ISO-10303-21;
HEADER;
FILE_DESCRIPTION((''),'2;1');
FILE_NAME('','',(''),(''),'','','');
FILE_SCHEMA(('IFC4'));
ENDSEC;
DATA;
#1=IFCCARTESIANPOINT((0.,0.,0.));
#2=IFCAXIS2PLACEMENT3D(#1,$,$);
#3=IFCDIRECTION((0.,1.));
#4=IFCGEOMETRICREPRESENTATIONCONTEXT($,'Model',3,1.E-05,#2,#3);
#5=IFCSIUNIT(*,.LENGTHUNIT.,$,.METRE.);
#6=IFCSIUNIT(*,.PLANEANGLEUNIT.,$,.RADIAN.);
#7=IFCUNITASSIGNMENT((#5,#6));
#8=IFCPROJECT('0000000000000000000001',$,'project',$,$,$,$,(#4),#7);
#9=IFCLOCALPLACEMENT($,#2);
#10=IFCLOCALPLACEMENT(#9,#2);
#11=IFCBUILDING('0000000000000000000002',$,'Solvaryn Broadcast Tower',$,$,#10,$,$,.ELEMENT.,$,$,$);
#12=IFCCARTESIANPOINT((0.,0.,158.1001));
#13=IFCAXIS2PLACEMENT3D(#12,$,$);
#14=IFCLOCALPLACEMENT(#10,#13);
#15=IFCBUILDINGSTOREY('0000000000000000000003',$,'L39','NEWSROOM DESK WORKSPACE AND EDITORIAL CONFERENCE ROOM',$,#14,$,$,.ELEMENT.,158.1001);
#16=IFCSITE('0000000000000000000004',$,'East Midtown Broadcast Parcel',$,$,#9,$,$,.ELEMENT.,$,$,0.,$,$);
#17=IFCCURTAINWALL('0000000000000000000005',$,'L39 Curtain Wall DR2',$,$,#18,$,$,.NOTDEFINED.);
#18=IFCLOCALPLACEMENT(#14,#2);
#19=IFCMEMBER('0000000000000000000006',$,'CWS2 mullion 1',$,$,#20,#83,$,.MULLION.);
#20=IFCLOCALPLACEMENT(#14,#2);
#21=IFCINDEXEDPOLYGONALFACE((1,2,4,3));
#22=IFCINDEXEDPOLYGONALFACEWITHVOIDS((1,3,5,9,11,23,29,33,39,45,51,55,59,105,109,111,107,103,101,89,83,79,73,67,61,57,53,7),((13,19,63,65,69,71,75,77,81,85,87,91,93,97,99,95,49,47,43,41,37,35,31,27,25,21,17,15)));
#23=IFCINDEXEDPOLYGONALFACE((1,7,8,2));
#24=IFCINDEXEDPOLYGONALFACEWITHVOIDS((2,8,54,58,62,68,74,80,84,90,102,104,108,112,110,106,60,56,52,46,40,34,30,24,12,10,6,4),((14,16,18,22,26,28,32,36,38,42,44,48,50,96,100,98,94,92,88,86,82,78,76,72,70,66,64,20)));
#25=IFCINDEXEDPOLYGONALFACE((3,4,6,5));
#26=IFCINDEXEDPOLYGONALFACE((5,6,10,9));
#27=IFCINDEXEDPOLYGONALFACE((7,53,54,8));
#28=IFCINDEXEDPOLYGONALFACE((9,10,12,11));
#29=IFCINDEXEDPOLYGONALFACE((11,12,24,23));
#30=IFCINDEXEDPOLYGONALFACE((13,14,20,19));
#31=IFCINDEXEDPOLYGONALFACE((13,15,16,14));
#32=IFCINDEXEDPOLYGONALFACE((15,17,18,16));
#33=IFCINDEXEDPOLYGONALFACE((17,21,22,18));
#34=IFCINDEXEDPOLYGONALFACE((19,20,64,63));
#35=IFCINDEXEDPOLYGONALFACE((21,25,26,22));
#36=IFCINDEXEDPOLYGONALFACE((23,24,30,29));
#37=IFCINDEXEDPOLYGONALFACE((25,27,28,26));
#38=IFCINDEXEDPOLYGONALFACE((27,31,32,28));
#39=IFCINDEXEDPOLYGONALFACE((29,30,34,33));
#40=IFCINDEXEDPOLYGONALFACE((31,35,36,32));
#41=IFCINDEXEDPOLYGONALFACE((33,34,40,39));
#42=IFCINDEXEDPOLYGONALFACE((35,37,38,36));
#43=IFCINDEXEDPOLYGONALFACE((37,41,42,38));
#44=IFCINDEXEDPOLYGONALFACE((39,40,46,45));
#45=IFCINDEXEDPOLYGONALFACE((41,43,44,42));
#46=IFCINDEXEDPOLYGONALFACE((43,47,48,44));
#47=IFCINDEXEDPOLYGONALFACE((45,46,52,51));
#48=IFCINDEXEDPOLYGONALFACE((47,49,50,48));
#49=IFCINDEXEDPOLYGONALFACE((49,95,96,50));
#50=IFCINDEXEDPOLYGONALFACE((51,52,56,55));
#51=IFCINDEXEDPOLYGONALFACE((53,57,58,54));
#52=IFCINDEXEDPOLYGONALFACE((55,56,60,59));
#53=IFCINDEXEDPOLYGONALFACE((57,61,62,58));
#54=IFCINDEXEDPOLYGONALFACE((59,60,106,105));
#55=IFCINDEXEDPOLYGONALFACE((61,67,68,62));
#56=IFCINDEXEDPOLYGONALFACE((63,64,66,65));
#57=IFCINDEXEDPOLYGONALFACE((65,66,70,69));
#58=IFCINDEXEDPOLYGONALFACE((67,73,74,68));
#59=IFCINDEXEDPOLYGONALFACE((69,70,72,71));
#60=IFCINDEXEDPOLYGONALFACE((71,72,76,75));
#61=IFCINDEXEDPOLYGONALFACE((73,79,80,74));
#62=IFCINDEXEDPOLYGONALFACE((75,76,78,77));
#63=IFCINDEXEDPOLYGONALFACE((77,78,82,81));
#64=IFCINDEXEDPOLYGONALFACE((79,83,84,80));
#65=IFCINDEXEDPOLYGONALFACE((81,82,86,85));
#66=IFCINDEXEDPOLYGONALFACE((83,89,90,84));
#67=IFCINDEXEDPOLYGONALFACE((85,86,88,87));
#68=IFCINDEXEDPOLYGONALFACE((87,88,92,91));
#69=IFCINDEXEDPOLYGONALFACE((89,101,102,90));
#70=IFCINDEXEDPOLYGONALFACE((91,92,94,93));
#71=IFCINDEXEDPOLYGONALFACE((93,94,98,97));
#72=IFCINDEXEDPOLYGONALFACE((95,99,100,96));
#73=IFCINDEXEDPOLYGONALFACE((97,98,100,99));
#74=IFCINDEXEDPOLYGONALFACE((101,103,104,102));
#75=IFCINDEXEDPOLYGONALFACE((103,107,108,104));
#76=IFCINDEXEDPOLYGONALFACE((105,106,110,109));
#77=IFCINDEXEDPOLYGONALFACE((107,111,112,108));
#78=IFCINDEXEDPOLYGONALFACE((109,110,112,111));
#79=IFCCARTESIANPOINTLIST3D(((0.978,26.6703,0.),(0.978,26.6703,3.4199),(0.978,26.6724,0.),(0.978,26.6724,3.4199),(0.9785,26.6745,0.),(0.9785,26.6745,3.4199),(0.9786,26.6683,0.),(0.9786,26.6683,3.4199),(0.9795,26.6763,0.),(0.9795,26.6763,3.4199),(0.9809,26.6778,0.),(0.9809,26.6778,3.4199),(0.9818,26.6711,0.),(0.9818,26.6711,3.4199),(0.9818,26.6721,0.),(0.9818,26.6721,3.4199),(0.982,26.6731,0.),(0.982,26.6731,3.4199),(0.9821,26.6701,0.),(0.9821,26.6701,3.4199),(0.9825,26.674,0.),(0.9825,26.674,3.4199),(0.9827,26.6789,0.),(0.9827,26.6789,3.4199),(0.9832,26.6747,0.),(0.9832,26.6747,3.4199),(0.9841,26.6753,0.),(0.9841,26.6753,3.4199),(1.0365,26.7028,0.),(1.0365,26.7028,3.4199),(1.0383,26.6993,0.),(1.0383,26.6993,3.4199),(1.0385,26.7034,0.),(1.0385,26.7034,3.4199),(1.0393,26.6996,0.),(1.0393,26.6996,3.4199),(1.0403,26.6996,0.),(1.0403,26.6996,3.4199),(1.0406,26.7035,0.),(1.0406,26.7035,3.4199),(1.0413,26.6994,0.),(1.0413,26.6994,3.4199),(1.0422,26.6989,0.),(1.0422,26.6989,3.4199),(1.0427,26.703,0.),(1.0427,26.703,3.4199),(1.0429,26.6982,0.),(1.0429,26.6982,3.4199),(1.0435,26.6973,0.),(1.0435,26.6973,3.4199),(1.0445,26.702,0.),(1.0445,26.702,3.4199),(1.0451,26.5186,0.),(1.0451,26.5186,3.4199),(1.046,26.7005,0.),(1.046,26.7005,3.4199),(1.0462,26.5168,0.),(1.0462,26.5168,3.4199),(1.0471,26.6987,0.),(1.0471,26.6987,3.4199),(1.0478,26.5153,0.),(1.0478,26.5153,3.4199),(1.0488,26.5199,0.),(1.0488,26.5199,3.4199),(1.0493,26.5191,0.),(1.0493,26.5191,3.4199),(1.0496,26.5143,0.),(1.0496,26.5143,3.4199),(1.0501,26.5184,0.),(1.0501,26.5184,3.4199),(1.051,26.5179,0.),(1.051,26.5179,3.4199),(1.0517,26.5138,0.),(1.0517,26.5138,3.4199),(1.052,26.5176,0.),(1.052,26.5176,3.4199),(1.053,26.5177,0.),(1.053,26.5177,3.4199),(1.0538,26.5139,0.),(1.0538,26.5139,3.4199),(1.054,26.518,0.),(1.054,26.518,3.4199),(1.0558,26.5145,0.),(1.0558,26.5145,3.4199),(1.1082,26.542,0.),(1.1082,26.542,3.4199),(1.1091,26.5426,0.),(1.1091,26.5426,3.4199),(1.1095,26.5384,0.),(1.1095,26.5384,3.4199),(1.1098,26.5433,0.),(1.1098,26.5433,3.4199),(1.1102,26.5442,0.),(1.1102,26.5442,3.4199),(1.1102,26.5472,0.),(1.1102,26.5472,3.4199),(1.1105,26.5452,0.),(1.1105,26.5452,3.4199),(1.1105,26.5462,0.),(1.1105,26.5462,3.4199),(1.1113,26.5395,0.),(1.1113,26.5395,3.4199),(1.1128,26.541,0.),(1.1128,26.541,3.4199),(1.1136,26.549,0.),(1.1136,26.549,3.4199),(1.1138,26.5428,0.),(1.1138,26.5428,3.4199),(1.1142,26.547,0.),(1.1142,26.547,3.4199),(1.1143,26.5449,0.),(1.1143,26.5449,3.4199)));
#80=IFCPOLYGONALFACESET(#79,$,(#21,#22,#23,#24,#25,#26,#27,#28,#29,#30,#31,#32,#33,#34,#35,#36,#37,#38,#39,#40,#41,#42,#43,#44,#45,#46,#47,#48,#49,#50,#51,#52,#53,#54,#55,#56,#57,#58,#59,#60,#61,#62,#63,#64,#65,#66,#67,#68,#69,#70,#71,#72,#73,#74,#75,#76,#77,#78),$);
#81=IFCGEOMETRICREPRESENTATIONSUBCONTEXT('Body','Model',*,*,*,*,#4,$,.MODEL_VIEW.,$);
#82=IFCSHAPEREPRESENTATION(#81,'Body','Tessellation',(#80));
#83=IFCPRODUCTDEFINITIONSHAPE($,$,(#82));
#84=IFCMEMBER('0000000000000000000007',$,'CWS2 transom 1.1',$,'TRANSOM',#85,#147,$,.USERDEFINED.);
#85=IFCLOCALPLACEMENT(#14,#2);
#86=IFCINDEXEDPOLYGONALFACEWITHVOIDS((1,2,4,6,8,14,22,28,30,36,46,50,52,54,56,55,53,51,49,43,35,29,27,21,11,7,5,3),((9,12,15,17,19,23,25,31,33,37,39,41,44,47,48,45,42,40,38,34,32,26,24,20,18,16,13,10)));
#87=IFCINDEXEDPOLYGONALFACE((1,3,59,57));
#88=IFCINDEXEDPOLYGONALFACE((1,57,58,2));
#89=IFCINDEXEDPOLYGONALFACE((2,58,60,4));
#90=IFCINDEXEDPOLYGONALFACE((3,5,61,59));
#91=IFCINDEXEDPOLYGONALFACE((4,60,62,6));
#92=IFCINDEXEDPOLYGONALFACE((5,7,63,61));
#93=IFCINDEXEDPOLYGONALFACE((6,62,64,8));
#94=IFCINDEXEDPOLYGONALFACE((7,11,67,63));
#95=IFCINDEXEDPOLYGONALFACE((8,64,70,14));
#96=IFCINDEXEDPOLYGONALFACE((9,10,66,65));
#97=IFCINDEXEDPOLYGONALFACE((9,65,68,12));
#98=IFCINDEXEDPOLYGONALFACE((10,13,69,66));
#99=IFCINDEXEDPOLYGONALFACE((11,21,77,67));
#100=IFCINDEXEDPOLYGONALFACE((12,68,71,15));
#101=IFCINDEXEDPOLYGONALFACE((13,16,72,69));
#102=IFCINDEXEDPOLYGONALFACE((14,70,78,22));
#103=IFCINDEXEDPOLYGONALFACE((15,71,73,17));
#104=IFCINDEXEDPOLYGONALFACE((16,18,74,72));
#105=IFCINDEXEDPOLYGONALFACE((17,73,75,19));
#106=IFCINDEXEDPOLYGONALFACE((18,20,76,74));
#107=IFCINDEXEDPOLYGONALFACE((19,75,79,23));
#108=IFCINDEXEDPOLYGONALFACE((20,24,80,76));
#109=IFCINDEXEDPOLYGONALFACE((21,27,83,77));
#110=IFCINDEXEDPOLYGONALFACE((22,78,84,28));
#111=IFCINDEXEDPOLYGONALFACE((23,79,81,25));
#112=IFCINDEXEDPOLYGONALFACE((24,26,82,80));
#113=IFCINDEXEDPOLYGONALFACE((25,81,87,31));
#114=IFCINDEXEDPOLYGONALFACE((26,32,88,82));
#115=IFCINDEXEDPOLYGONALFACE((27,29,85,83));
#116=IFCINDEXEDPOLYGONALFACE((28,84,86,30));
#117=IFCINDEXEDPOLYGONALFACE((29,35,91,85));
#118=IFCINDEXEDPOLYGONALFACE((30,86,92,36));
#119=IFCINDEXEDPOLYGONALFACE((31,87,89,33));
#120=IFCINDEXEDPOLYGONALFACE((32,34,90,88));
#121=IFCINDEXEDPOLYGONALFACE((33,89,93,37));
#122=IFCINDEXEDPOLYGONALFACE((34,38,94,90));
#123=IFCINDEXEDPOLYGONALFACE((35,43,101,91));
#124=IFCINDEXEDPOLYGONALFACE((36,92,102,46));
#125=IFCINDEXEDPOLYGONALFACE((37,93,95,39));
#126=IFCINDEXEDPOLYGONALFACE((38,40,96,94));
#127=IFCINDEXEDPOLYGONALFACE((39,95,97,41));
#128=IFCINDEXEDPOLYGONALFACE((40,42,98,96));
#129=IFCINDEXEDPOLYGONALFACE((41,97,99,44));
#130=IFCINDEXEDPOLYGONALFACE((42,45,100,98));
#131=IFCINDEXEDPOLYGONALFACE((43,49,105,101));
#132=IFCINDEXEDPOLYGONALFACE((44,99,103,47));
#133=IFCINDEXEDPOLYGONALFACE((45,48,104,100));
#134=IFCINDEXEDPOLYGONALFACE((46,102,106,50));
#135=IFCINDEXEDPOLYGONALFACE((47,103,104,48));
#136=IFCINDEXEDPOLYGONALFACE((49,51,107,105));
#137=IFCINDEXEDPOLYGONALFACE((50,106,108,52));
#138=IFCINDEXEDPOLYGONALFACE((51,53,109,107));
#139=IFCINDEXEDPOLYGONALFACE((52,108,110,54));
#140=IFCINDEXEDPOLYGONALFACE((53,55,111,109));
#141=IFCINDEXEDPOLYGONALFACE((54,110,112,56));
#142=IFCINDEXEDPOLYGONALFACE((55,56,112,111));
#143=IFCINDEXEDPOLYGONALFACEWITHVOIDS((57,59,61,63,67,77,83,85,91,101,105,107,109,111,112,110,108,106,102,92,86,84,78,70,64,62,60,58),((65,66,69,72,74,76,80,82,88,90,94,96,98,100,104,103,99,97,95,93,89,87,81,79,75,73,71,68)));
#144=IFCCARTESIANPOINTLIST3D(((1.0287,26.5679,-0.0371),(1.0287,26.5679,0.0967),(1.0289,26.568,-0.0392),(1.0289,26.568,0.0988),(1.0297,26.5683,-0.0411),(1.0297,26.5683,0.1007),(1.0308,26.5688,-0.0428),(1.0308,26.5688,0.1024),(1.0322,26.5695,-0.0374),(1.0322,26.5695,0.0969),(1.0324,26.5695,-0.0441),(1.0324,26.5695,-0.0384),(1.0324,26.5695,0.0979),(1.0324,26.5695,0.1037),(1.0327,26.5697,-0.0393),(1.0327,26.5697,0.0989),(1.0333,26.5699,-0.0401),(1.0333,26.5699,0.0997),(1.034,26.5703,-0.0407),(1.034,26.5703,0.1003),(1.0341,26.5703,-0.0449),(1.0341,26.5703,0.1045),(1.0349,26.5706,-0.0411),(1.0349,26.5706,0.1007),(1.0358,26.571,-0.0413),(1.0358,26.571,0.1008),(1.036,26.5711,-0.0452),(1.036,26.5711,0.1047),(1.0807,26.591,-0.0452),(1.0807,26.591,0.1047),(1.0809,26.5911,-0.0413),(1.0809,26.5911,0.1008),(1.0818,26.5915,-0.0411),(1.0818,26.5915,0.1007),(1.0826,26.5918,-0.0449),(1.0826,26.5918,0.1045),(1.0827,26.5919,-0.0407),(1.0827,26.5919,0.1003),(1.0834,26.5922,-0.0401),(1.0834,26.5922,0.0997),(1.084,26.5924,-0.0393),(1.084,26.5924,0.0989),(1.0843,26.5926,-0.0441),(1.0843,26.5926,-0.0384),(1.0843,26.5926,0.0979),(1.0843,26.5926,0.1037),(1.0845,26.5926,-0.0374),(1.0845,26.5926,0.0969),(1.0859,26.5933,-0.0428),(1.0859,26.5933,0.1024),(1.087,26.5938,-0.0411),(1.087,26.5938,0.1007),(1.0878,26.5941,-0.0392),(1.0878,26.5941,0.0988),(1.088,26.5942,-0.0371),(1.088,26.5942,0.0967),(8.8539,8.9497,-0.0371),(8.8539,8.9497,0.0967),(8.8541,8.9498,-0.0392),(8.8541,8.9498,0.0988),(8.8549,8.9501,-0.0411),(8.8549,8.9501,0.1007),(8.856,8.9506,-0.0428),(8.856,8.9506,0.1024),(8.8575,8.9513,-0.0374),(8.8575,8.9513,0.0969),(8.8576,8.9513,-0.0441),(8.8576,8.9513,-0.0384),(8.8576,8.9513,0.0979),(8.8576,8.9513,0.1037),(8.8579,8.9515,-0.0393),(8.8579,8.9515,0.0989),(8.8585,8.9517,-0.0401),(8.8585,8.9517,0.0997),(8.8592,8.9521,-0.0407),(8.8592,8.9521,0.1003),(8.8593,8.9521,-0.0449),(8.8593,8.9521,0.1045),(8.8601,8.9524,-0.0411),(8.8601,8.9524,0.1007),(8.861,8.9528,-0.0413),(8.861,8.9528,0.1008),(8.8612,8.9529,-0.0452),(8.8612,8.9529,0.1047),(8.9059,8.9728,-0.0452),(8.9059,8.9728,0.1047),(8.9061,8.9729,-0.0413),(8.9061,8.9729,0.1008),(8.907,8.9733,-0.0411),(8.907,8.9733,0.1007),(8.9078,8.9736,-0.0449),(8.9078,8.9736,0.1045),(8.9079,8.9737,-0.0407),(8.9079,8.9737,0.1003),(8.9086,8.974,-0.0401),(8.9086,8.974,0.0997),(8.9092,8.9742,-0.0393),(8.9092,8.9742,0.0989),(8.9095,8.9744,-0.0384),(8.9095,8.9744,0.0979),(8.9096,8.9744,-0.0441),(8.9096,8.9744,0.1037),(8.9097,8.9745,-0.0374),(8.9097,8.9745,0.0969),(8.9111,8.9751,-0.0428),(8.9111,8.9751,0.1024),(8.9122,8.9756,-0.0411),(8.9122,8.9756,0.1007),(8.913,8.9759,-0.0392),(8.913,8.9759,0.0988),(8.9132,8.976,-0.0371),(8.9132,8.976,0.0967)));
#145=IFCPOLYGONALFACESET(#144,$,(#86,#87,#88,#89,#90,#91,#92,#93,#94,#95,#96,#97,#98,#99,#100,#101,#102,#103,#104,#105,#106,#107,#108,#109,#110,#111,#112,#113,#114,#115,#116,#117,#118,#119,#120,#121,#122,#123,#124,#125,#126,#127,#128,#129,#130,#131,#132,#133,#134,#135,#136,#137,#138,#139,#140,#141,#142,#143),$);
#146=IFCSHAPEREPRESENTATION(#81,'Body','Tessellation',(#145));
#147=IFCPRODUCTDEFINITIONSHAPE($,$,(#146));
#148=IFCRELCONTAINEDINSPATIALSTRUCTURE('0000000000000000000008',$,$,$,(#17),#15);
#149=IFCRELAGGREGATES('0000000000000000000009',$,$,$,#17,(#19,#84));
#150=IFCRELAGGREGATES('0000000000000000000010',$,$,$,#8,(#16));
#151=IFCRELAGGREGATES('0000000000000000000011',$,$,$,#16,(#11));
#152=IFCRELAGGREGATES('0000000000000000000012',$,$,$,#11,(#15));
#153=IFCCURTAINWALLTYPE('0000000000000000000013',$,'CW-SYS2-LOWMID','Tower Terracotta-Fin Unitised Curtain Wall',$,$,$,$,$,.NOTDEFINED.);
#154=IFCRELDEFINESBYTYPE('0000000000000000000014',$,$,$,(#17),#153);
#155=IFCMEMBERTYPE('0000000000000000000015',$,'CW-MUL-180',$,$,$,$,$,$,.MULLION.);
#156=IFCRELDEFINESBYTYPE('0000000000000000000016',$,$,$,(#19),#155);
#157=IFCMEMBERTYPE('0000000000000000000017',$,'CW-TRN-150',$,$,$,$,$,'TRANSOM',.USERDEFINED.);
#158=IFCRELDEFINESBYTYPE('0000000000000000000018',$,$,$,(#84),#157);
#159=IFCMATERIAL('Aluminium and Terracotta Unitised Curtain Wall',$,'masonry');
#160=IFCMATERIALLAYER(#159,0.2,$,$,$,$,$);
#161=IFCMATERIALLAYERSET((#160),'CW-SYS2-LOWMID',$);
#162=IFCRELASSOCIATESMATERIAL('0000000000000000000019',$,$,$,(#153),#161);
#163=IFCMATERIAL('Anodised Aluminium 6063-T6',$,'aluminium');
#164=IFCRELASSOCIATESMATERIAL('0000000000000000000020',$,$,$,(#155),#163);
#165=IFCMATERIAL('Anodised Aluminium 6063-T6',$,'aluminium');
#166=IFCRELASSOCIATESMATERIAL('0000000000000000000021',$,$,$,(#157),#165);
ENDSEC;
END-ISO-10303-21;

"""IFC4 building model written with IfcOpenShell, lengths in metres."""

from ifc_helpers import new_model, si_unit, direction, frame, origin, origin_2d, place, context, subcontext, project, spatial, hollow_rectangle, extrude, material, layer, layer_set, material_profile, profile_set, type_object, element, aggregate, save


model = new_model("IFC4")

# Units and contexts
model_context = context("Model", 3, precision=1e-05, world=origin(), true_north=direction((0.0, 1.0)))
body_context = subcontext(model_context, "Body", "Model", "MODEL_VIEW")
ifc_project = project(units=[si_unit("LENGTHUNIT", "METRE"), si_unit("PLANEANGLEUNIT", "RADIAN")], contexts=[model_context])

# Site, building, storey
site_placement = place(None, origin())
site = spatial("IfcSite", under=ifc_project, at=site_placement, Name="East Midtown Broadcast Parcel", CompositionType="ELEMENT", RefElevation=0.0)
building_placement = place(site_placement, origin())
building = spatial("IfcBuilding", under=site, at=building_placement, Name="Solvaryn Broadcast Tower", CompositionType="ELEMENT")
storey_placement = place(building_placement, frame((0.0, 0.0, 158.1001)))
storey = spatial("IfcBuildingStorey", under=building, at=storey_placement, Name="L39", Description="NEWSROOM DESK WORKSPACE AND EDITORIAL CONFERENCE ROOM", CompositionType="ELEMENT", Elevation=158.1001)

# Shared definitions
ifc_material_1 = material(Name="Aluminium and Terracotta Unitised Curtain Wall", Category="masonry")
ifc_layer_1 = layer(ifc_material_1, 0.2)
ifc_layer_set_1 = layer_set([ifc_layer_1], Name="CW-SYS2-LOWMID")
curtain_wall_type = type_object("IfcCurtainWallType", Name="CW-SYS2-LOWMID", Description="Tower Terracotta-Fin Unitised Curtain Wall", PredefinedType="NOTDEFINED", material=ifc_layer_set_1)
ifc_material_2 = material(Name="Anodised Aluminium 6063-T6", Category="aluminium")
ifc_material_profile_1 = material_profile(ifc_material_2, hollow_rectangle(XDim=0.075, YDim=0.1799, WallThickness=0.0039, InnerFilletRadius=0.0039, OuterFilletRadius=0.0081, at=origin_2d()))
ifc_profile_set_1 = profile_set([ifc_material_profile_1], Name="Anodised Aluminium 6063-T6")
member_type_1 = type_object("IfcMemberType", Name="CW-MUL-180", PredefinedType="MULLION", material=ifc_profile_set_1)

# Curtain wall, members
curtain_wall_1_placement = place(storey_placement, origin())
curtain_wall_1 = element("IfcCurtainWall", 1, at=curtain_wall_1_placement, inside=storey, type_object=curtain_wall_type, Name="L39 Curtain Wall DR2", PredefinedType="NOTDEFINED")
member_1_placement = place(storey_placement, frame((1.0461, 26.6086, 0.0), z_axis=(0.0, 0.0, 1.0), x_axis=(0.913909, 0.405918, 0.0)))
member_1 = element("IfcMember", 2, at=member_1_placement, type_object=member_type_1, Name="CWS2 mullion 1", PredefinedType="MULLION", context=body_context, shape_type="SweptSolid", body=[
    extrude(hollow_rectangle(XDim=0.075, YDim=0.1799, WallThickness=0.0039, InnerFilletRadius=0.0039, OuterFilletRadius=0.0081, at=origin_2d()), origin(), (0.0, 0.0, 1.0), 3.4199),
])
ifc_material_3 = material(Name="Anodised Aluminium 6063-T6", Category="aluminium")
ifc_material_profile_2 = material_profile(ifc_material_3, hollow_rectangle(XDim=0.0649, YDim=0.1499, WallThickness=0.0039, InnerFilletRadius=0.0039, OuterFilletRadius=0.0081, at=origin_2d()))
ifc_profile_set_2 = profile_set([ifc_material_profile_2], Name="Anodised Aluminium 6063-T6")
member_type_2 = type_object("IfcMemberType", Name="CW-TRN-150", ElementType="TRANSOM", PredefinedType="USERDEFINED", material=ifc_profile_set_2)
member_2_placement = place(storey_placement, frame((1.0583, 26.5811, 0.0298), z_axis=(0.405918, -0.91391, 0.0), x_axis=(0.91391, 0.405918, 0.0)))
member_2 = element("IfcMember", 3, at=member_2_placement, type_object=member_type_2, Name="CWS2 transom 1.1", ObjectType="TRANSOM", PredefinedType="USERDEFINED", context=body_context, shape_type="SweptSolid", body=[
    extrude(hollow_rectangle(XDim=0.0649, YDim=0.1499, WallThickness=0.0039, InnerFilletRadius=0.0039, OuterFilletRadius=0.0081, at=origin_2d()), origin(), (0.0, 0.0, 1.0), 19.2778),
])
aggregate(curtain_wall_1, [member_1, member_2])

save(model, "model.ifc")
